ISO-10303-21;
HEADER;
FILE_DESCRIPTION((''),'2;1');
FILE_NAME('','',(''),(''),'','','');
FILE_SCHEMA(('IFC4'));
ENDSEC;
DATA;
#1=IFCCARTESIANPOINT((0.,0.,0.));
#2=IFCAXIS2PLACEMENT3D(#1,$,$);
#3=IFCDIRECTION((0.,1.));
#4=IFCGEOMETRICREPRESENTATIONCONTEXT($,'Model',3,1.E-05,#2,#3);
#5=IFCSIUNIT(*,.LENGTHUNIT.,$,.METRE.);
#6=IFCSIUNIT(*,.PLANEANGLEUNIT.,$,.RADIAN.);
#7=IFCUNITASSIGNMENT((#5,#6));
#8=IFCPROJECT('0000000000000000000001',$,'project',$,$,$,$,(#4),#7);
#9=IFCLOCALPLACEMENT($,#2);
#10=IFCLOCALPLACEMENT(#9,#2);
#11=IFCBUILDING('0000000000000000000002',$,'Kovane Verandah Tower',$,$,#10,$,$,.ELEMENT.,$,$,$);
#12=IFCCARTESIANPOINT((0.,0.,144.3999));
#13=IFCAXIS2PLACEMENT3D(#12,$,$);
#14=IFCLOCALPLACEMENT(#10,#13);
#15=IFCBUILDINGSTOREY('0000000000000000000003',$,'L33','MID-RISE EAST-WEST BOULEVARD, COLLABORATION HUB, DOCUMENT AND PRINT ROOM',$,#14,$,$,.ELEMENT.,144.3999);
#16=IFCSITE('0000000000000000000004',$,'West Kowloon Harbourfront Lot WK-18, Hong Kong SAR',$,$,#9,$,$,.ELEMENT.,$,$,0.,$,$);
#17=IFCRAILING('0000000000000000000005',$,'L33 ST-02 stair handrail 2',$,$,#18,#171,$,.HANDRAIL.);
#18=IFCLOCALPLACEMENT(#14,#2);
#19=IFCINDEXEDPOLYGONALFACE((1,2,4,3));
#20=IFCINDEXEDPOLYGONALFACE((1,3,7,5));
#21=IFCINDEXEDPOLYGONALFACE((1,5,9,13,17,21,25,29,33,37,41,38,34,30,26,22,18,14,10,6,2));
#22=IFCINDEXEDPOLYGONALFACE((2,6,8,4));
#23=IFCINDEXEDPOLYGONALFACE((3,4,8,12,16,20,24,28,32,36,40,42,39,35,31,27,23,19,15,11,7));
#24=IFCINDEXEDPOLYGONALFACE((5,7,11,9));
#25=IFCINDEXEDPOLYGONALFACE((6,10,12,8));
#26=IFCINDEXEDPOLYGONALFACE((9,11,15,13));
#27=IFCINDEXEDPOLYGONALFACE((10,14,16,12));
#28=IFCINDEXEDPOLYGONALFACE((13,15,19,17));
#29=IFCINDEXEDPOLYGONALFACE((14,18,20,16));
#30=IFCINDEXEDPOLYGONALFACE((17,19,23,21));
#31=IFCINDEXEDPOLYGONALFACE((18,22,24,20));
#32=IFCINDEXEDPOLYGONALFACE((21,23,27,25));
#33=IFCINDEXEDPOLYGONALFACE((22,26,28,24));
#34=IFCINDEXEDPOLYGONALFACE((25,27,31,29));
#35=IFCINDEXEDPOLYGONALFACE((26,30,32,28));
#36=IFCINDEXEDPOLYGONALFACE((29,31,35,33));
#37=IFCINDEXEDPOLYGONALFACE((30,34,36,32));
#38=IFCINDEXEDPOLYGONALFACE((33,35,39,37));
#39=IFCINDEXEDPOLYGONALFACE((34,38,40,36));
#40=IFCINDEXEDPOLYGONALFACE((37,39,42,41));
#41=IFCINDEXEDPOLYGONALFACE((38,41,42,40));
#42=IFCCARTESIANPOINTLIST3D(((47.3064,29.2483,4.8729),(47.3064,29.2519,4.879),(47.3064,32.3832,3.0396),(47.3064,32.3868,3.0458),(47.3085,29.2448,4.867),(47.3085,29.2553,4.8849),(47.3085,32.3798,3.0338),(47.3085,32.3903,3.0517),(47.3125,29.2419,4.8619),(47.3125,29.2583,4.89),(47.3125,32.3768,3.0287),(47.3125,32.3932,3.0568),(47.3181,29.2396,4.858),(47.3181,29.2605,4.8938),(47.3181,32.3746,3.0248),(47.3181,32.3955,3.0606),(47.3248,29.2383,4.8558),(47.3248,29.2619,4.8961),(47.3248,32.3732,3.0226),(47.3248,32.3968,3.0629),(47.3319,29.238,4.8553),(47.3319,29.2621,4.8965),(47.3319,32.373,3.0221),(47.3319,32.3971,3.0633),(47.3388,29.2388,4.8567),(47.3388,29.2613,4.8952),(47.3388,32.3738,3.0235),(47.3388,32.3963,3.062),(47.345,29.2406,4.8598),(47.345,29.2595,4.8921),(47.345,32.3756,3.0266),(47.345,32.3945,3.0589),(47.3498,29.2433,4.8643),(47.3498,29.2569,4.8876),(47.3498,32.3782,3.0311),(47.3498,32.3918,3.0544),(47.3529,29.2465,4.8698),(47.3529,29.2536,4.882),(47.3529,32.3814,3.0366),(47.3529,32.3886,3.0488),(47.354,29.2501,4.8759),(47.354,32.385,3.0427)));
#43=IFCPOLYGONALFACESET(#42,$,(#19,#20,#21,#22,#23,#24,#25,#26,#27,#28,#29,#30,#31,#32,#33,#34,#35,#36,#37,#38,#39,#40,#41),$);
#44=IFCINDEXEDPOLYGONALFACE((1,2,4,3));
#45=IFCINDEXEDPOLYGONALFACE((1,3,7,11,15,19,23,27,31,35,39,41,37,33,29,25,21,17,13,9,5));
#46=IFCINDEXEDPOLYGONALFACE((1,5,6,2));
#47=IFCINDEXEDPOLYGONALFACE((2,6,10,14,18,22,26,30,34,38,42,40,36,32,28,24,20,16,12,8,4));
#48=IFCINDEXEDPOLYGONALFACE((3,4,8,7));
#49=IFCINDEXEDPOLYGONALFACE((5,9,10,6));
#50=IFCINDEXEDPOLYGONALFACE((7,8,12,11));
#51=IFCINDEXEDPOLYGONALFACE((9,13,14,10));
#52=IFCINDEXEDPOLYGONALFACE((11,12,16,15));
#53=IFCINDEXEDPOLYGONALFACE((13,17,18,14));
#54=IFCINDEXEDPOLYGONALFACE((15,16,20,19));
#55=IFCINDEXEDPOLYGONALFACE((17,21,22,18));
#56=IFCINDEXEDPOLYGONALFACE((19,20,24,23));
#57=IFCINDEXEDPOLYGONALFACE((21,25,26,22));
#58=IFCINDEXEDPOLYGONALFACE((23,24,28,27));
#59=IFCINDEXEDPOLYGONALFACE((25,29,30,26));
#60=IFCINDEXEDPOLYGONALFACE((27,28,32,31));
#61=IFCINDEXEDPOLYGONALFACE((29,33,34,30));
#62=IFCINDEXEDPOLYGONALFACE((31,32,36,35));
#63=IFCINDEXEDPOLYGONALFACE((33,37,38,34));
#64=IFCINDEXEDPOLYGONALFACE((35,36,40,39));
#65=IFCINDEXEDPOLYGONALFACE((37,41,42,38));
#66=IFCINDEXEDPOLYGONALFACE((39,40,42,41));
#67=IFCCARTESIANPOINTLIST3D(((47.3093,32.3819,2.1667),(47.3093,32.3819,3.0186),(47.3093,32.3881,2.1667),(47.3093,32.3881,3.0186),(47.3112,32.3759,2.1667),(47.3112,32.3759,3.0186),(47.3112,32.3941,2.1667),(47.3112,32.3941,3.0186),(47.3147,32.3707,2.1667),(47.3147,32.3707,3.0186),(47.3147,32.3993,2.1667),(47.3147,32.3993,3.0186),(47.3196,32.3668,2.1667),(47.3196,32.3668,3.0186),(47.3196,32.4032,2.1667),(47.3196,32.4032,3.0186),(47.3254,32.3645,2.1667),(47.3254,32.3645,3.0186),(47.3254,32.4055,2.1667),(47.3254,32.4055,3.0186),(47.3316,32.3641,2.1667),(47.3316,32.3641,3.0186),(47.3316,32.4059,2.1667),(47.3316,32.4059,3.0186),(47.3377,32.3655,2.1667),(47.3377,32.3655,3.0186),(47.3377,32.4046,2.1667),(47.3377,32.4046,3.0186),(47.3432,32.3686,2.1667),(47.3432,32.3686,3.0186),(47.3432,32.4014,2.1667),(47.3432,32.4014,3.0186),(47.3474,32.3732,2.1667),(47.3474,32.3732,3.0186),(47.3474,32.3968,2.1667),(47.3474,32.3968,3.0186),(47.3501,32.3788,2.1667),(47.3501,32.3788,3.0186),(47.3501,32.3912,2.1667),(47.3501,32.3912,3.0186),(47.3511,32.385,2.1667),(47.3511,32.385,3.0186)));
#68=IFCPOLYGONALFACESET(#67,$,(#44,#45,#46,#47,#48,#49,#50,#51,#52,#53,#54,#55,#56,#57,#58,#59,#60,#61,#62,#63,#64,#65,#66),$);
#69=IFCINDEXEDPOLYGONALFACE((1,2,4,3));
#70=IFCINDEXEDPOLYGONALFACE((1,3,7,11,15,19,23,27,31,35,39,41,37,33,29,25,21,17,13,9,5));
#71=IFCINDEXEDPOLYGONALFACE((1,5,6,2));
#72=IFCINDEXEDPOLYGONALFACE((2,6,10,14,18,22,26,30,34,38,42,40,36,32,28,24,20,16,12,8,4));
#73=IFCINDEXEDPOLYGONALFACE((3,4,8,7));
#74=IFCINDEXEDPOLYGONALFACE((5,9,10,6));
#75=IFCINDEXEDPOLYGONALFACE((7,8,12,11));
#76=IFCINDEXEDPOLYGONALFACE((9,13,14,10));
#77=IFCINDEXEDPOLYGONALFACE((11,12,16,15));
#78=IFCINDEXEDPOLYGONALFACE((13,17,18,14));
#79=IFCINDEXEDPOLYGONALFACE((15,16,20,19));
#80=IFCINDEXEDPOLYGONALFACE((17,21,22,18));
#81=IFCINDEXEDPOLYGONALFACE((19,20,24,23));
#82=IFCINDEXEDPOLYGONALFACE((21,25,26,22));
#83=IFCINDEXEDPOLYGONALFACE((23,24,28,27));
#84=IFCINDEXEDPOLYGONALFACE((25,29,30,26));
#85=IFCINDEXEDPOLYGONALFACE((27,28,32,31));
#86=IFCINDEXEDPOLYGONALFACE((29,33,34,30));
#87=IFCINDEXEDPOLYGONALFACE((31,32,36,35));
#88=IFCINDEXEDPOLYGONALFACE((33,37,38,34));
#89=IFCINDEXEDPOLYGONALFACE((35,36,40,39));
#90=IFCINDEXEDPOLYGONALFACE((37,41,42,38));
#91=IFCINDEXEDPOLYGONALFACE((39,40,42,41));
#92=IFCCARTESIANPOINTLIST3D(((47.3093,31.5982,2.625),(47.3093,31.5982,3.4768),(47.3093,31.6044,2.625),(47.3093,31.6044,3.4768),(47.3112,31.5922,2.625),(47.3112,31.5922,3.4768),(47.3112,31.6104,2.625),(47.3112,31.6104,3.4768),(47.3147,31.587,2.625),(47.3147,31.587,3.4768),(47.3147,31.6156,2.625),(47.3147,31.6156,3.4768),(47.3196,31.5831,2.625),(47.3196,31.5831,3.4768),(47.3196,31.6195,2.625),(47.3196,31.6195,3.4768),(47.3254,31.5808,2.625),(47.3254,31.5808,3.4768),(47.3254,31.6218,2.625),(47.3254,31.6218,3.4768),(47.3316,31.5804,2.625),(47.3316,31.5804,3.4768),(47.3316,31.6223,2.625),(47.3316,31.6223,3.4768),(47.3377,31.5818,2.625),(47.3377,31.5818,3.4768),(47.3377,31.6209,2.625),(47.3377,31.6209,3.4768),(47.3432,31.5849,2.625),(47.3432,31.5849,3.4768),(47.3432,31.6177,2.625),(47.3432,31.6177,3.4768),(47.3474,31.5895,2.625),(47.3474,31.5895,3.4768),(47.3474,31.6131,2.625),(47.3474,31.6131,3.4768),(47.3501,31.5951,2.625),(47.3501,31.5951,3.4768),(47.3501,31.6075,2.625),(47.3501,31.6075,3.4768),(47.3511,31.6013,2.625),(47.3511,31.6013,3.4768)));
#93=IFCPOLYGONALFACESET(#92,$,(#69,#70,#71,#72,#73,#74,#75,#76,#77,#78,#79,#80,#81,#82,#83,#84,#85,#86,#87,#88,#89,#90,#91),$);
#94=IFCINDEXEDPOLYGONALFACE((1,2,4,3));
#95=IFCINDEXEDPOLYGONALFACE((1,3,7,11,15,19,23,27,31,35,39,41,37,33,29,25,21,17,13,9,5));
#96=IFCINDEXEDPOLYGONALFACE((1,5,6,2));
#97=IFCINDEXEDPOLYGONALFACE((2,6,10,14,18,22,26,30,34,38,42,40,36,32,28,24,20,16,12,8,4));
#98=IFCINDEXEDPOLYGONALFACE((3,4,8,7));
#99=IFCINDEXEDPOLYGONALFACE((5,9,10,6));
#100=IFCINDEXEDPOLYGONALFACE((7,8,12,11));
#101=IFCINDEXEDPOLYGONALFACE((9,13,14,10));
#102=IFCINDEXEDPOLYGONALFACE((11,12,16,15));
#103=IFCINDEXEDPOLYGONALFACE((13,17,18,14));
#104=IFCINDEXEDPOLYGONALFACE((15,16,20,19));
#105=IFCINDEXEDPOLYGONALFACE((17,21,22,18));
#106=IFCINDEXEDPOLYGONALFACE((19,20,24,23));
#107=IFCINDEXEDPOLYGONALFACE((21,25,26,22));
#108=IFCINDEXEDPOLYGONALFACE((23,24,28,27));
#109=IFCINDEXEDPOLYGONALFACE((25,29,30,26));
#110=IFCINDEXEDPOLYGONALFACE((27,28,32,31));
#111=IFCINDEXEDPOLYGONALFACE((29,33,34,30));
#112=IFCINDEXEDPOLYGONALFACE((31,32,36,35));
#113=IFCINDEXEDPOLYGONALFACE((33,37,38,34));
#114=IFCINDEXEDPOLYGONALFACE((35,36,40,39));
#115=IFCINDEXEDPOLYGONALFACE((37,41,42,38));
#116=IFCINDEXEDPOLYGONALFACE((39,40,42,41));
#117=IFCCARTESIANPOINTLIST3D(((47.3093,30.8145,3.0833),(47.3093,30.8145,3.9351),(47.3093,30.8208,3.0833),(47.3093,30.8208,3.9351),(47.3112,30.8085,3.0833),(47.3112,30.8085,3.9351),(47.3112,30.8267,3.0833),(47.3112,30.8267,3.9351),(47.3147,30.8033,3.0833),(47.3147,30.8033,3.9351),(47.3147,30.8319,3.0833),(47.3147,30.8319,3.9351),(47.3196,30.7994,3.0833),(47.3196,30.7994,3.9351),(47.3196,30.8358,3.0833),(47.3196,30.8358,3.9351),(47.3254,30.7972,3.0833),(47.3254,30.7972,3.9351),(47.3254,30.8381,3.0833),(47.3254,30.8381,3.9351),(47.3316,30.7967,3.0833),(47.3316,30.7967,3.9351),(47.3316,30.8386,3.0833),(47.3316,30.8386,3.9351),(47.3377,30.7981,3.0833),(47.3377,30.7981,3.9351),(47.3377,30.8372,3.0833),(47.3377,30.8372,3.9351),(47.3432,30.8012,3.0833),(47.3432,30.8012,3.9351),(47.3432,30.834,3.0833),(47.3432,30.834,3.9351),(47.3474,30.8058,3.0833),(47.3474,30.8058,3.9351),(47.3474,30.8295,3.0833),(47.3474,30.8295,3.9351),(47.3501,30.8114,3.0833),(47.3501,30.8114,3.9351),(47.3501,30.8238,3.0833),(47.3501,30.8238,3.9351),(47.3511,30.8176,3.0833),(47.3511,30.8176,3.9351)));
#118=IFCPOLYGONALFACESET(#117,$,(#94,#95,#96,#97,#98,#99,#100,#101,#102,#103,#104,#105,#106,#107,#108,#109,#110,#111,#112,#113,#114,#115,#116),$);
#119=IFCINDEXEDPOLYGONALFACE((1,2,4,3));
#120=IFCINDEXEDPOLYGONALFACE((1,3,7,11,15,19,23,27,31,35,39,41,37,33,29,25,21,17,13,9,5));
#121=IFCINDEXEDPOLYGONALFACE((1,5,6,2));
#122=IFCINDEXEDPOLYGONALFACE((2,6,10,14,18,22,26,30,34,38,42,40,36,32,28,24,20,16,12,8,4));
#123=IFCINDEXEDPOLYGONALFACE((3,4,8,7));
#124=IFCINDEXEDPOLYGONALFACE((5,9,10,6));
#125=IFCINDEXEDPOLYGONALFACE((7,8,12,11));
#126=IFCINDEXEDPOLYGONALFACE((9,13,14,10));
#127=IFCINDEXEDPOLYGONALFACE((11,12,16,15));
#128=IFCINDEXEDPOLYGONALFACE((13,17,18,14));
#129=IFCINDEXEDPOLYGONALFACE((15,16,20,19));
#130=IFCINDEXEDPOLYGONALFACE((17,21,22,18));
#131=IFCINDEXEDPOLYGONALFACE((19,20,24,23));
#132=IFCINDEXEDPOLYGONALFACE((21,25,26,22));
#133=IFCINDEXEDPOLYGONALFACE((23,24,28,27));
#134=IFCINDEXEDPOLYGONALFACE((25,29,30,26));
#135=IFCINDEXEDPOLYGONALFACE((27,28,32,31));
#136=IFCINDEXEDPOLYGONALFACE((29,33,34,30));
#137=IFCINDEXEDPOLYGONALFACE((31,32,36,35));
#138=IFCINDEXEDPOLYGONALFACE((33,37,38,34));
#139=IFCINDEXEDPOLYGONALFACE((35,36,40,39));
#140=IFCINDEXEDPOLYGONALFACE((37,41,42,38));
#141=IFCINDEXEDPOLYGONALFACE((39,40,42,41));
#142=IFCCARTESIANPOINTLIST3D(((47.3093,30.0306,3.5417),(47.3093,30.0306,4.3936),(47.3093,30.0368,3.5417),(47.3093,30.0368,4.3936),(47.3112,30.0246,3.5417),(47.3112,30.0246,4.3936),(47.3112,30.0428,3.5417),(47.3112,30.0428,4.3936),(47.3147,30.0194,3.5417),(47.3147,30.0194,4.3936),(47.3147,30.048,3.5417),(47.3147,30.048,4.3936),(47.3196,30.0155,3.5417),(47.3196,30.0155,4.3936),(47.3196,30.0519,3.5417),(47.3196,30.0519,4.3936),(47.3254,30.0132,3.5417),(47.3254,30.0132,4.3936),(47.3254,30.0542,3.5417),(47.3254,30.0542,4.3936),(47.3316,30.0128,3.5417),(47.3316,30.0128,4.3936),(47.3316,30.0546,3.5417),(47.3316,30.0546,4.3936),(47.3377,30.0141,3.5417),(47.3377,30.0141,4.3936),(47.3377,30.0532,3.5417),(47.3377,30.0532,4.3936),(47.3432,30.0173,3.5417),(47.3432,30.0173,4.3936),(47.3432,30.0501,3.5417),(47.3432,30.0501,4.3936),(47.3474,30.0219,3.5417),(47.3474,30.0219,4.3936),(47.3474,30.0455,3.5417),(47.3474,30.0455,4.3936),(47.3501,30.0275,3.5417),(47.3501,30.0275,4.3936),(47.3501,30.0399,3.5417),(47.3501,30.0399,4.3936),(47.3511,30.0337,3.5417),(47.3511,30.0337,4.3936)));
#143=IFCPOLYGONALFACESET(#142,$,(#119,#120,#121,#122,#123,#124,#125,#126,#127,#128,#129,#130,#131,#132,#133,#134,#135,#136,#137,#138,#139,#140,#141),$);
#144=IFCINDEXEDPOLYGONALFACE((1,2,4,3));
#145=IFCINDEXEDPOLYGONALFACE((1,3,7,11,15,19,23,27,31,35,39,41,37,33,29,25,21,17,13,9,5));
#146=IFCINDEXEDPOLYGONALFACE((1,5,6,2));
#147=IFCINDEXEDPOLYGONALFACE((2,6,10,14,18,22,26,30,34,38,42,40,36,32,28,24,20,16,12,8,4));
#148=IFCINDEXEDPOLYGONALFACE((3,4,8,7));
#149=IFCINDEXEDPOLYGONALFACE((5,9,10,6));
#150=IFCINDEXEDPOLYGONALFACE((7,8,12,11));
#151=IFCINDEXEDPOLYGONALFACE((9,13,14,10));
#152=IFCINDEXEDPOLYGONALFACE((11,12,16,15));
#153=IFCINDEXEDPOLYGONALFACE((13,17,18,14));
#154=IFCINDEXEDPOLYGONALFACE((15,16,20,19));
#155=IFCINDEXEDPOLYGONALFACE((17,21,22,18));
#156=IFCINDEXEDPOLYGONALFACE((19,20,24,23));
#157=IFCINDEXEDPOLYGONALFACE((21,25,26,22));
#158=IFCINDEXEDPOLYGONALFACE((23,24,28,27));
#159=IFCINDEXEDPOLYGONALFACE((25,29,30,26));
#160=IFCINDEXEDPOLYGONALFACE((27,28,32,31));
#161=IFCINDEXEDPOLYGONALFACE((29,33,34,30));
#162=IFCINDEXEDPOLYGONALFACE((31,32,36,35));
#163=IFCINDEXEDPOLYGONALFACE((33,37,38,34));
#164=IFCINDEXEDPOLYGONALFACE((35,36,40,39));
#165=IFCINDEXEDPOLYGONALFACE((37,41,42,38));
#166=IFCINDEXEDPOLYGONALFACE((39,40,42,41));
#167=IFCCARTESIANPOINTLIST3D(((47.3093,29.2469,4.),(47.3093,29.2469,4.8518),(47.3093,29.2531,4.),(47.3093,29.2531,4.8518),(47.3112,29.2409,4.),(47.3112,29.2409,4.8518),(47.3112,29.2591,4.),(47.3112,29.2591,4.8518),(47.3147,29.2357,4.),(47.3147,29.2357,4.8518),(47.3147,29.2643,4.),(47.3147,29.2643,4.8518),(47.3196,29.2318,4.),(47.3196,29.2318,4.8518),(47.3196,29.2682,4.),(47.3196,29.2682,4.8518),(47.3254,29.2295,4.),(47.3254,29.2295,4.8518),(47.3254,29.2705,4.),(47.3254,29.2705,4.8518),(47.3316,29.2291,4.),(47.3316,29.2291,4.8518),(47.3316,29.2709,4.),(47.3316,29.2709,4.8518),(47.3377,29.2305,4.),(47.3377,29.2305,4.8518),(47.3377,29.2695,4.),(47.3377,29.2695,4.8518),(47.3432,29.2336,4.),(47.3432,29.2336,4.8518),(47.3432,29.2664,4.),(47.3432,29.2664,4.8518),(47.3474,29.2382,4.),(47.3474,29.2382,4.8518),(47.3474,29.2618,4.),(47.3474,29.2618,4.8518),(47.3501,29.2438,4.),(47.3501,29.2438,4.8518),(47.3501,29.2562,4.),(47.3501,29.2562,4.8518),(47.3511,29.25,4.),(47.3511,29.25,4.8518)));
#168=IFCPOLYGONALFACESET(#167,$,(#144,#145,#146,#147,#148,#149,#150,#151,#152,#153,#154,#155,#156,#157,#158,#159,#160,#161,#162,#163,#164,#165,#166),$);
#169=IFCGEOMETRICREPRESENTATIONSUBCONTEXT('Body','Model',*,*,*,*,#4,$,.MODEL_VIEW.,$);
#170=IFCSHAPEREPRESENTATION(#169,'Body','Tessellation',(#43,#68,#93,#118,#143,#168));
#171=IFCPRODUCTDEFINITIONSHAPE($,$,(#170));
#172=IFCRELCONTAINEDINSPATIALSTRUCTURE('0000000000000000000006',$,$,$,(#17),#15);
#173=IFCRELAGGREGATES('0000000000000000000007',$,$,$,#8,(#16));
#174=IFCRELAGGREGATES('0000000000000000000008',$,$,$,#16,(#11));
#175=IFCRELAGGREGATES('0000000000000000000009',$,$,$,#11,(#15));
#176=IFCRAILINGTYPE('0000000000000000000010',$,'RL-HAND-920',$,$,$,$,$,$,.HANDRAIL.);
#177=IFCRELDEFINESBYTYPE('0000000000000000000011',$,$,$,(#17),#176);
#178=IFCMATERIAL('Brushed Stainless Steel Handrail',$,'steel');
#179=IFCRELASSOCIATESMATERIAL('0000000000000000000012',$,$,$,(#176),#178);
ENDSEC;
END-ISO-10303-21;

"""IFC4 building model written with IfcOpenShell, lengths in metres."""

from ifc_helpers import new_model, si_unit, direction, frame, origin, origin_2d, place, context, subcontext, project, spatial, circle, extrude, material, type_object, element, save


model = new_model("IFC4")

# Units and contexts
model_context = context("Model", 3, precision=1e-05, world=origin(), true_north=direction((0.0, 1.0)))
body_context = subcontext(model_context, "Body", "Model", "MODEL_VIEW")
ifc_project = project(units=[si_unit("LENGTHUNIT", "METRE"), si_unit("PLANEANGLEUNIT", "RADIAN")], contexts=[model_context])

# Site, building, storey
site_placement = place(None, origin())
site = spatial("IfcSite", under=ifc_project, at=site_placement, Name="West Kowloon Harbourfront Lot WK-18, Hong Kong SAR", CompositionType="ELEMENT", RefElevation=0.0)
building_placement = place(site_placement, origin())
building = spatial("IfcBuilding", under=site, at=building_placement, Name="Kovane Verandah Tower", CompositionType="ELEMENT")
storey_placement = place(building_placement, frame((0.0, 0.0, 144.3999)))
storey = spatial("IfcBuildingStorey", under=building, at=storey_placement, Name="L33", Description="MID-RISE EAST-WEST BOULEVARD, COLLABORATION HUB, DOCUMENT AND PRINT ROOM", CompositionType="ELEMENT", Elevation=144.3999)

# Railing
ifc_material_1 = material(Name="Brushed Stainless Steel Handrail", Category="steel")
railing_type_1 = type_object("IfcRailingType", Name="RL-HAND-920", PredefinedType="HANDRAIL", material=ifc_material_1)
railing_1_placement = place(storey_placement, frame((47.3301, 32.385, 2.1667)))
element("IfcRailing", 1, at=railing_1_placement, inside=storey, type_object=railing_type_1, Name="L33 ST-02 stair handrail 2", PredefinedType="HANDRAIL", context=body_context, shape_type="SweptSolid", body=[
    extrude(circle(Radius=0.0239, at=origin_2d()), frame((0.0, 0.0, 0.876), z_axis=(0.0, -0.86324, 0.504794), x_axis=(1.0, 0.0, 0.0)), (0.0, 0.0, 1.0), 3.6316),
    extrude(circle(Radius=0.021, at=origin_2d()), origin(), (0.0, 0.0, 1.0), 0.8518),
    extrude(circle(Radius=0.021, at=origin_2d()), frame((0.0, -0.7837, 0.4583)), (0.0, 0.0, 1.0), 0.8518),
    extrude(circle(Radius=0.021, at=origin_2d()), frame((0.0, -1.5674, 0.9165)), (0.0, 0.0, 1.0), 0.8518),
    extrude(circle(Radius=0.021, at=origin_2d()), frame((0.0, -2.3513, 1.375)), (0.0, 0.0, 1.0), 0.8518),
    extrude(circle(Radius=0.021, at=origin_2d()), frame((0.0, -3.135, 1.8333)), (0.0, 0.0, 1.0), 0.8518),
])

save(model, "model.ifc")
